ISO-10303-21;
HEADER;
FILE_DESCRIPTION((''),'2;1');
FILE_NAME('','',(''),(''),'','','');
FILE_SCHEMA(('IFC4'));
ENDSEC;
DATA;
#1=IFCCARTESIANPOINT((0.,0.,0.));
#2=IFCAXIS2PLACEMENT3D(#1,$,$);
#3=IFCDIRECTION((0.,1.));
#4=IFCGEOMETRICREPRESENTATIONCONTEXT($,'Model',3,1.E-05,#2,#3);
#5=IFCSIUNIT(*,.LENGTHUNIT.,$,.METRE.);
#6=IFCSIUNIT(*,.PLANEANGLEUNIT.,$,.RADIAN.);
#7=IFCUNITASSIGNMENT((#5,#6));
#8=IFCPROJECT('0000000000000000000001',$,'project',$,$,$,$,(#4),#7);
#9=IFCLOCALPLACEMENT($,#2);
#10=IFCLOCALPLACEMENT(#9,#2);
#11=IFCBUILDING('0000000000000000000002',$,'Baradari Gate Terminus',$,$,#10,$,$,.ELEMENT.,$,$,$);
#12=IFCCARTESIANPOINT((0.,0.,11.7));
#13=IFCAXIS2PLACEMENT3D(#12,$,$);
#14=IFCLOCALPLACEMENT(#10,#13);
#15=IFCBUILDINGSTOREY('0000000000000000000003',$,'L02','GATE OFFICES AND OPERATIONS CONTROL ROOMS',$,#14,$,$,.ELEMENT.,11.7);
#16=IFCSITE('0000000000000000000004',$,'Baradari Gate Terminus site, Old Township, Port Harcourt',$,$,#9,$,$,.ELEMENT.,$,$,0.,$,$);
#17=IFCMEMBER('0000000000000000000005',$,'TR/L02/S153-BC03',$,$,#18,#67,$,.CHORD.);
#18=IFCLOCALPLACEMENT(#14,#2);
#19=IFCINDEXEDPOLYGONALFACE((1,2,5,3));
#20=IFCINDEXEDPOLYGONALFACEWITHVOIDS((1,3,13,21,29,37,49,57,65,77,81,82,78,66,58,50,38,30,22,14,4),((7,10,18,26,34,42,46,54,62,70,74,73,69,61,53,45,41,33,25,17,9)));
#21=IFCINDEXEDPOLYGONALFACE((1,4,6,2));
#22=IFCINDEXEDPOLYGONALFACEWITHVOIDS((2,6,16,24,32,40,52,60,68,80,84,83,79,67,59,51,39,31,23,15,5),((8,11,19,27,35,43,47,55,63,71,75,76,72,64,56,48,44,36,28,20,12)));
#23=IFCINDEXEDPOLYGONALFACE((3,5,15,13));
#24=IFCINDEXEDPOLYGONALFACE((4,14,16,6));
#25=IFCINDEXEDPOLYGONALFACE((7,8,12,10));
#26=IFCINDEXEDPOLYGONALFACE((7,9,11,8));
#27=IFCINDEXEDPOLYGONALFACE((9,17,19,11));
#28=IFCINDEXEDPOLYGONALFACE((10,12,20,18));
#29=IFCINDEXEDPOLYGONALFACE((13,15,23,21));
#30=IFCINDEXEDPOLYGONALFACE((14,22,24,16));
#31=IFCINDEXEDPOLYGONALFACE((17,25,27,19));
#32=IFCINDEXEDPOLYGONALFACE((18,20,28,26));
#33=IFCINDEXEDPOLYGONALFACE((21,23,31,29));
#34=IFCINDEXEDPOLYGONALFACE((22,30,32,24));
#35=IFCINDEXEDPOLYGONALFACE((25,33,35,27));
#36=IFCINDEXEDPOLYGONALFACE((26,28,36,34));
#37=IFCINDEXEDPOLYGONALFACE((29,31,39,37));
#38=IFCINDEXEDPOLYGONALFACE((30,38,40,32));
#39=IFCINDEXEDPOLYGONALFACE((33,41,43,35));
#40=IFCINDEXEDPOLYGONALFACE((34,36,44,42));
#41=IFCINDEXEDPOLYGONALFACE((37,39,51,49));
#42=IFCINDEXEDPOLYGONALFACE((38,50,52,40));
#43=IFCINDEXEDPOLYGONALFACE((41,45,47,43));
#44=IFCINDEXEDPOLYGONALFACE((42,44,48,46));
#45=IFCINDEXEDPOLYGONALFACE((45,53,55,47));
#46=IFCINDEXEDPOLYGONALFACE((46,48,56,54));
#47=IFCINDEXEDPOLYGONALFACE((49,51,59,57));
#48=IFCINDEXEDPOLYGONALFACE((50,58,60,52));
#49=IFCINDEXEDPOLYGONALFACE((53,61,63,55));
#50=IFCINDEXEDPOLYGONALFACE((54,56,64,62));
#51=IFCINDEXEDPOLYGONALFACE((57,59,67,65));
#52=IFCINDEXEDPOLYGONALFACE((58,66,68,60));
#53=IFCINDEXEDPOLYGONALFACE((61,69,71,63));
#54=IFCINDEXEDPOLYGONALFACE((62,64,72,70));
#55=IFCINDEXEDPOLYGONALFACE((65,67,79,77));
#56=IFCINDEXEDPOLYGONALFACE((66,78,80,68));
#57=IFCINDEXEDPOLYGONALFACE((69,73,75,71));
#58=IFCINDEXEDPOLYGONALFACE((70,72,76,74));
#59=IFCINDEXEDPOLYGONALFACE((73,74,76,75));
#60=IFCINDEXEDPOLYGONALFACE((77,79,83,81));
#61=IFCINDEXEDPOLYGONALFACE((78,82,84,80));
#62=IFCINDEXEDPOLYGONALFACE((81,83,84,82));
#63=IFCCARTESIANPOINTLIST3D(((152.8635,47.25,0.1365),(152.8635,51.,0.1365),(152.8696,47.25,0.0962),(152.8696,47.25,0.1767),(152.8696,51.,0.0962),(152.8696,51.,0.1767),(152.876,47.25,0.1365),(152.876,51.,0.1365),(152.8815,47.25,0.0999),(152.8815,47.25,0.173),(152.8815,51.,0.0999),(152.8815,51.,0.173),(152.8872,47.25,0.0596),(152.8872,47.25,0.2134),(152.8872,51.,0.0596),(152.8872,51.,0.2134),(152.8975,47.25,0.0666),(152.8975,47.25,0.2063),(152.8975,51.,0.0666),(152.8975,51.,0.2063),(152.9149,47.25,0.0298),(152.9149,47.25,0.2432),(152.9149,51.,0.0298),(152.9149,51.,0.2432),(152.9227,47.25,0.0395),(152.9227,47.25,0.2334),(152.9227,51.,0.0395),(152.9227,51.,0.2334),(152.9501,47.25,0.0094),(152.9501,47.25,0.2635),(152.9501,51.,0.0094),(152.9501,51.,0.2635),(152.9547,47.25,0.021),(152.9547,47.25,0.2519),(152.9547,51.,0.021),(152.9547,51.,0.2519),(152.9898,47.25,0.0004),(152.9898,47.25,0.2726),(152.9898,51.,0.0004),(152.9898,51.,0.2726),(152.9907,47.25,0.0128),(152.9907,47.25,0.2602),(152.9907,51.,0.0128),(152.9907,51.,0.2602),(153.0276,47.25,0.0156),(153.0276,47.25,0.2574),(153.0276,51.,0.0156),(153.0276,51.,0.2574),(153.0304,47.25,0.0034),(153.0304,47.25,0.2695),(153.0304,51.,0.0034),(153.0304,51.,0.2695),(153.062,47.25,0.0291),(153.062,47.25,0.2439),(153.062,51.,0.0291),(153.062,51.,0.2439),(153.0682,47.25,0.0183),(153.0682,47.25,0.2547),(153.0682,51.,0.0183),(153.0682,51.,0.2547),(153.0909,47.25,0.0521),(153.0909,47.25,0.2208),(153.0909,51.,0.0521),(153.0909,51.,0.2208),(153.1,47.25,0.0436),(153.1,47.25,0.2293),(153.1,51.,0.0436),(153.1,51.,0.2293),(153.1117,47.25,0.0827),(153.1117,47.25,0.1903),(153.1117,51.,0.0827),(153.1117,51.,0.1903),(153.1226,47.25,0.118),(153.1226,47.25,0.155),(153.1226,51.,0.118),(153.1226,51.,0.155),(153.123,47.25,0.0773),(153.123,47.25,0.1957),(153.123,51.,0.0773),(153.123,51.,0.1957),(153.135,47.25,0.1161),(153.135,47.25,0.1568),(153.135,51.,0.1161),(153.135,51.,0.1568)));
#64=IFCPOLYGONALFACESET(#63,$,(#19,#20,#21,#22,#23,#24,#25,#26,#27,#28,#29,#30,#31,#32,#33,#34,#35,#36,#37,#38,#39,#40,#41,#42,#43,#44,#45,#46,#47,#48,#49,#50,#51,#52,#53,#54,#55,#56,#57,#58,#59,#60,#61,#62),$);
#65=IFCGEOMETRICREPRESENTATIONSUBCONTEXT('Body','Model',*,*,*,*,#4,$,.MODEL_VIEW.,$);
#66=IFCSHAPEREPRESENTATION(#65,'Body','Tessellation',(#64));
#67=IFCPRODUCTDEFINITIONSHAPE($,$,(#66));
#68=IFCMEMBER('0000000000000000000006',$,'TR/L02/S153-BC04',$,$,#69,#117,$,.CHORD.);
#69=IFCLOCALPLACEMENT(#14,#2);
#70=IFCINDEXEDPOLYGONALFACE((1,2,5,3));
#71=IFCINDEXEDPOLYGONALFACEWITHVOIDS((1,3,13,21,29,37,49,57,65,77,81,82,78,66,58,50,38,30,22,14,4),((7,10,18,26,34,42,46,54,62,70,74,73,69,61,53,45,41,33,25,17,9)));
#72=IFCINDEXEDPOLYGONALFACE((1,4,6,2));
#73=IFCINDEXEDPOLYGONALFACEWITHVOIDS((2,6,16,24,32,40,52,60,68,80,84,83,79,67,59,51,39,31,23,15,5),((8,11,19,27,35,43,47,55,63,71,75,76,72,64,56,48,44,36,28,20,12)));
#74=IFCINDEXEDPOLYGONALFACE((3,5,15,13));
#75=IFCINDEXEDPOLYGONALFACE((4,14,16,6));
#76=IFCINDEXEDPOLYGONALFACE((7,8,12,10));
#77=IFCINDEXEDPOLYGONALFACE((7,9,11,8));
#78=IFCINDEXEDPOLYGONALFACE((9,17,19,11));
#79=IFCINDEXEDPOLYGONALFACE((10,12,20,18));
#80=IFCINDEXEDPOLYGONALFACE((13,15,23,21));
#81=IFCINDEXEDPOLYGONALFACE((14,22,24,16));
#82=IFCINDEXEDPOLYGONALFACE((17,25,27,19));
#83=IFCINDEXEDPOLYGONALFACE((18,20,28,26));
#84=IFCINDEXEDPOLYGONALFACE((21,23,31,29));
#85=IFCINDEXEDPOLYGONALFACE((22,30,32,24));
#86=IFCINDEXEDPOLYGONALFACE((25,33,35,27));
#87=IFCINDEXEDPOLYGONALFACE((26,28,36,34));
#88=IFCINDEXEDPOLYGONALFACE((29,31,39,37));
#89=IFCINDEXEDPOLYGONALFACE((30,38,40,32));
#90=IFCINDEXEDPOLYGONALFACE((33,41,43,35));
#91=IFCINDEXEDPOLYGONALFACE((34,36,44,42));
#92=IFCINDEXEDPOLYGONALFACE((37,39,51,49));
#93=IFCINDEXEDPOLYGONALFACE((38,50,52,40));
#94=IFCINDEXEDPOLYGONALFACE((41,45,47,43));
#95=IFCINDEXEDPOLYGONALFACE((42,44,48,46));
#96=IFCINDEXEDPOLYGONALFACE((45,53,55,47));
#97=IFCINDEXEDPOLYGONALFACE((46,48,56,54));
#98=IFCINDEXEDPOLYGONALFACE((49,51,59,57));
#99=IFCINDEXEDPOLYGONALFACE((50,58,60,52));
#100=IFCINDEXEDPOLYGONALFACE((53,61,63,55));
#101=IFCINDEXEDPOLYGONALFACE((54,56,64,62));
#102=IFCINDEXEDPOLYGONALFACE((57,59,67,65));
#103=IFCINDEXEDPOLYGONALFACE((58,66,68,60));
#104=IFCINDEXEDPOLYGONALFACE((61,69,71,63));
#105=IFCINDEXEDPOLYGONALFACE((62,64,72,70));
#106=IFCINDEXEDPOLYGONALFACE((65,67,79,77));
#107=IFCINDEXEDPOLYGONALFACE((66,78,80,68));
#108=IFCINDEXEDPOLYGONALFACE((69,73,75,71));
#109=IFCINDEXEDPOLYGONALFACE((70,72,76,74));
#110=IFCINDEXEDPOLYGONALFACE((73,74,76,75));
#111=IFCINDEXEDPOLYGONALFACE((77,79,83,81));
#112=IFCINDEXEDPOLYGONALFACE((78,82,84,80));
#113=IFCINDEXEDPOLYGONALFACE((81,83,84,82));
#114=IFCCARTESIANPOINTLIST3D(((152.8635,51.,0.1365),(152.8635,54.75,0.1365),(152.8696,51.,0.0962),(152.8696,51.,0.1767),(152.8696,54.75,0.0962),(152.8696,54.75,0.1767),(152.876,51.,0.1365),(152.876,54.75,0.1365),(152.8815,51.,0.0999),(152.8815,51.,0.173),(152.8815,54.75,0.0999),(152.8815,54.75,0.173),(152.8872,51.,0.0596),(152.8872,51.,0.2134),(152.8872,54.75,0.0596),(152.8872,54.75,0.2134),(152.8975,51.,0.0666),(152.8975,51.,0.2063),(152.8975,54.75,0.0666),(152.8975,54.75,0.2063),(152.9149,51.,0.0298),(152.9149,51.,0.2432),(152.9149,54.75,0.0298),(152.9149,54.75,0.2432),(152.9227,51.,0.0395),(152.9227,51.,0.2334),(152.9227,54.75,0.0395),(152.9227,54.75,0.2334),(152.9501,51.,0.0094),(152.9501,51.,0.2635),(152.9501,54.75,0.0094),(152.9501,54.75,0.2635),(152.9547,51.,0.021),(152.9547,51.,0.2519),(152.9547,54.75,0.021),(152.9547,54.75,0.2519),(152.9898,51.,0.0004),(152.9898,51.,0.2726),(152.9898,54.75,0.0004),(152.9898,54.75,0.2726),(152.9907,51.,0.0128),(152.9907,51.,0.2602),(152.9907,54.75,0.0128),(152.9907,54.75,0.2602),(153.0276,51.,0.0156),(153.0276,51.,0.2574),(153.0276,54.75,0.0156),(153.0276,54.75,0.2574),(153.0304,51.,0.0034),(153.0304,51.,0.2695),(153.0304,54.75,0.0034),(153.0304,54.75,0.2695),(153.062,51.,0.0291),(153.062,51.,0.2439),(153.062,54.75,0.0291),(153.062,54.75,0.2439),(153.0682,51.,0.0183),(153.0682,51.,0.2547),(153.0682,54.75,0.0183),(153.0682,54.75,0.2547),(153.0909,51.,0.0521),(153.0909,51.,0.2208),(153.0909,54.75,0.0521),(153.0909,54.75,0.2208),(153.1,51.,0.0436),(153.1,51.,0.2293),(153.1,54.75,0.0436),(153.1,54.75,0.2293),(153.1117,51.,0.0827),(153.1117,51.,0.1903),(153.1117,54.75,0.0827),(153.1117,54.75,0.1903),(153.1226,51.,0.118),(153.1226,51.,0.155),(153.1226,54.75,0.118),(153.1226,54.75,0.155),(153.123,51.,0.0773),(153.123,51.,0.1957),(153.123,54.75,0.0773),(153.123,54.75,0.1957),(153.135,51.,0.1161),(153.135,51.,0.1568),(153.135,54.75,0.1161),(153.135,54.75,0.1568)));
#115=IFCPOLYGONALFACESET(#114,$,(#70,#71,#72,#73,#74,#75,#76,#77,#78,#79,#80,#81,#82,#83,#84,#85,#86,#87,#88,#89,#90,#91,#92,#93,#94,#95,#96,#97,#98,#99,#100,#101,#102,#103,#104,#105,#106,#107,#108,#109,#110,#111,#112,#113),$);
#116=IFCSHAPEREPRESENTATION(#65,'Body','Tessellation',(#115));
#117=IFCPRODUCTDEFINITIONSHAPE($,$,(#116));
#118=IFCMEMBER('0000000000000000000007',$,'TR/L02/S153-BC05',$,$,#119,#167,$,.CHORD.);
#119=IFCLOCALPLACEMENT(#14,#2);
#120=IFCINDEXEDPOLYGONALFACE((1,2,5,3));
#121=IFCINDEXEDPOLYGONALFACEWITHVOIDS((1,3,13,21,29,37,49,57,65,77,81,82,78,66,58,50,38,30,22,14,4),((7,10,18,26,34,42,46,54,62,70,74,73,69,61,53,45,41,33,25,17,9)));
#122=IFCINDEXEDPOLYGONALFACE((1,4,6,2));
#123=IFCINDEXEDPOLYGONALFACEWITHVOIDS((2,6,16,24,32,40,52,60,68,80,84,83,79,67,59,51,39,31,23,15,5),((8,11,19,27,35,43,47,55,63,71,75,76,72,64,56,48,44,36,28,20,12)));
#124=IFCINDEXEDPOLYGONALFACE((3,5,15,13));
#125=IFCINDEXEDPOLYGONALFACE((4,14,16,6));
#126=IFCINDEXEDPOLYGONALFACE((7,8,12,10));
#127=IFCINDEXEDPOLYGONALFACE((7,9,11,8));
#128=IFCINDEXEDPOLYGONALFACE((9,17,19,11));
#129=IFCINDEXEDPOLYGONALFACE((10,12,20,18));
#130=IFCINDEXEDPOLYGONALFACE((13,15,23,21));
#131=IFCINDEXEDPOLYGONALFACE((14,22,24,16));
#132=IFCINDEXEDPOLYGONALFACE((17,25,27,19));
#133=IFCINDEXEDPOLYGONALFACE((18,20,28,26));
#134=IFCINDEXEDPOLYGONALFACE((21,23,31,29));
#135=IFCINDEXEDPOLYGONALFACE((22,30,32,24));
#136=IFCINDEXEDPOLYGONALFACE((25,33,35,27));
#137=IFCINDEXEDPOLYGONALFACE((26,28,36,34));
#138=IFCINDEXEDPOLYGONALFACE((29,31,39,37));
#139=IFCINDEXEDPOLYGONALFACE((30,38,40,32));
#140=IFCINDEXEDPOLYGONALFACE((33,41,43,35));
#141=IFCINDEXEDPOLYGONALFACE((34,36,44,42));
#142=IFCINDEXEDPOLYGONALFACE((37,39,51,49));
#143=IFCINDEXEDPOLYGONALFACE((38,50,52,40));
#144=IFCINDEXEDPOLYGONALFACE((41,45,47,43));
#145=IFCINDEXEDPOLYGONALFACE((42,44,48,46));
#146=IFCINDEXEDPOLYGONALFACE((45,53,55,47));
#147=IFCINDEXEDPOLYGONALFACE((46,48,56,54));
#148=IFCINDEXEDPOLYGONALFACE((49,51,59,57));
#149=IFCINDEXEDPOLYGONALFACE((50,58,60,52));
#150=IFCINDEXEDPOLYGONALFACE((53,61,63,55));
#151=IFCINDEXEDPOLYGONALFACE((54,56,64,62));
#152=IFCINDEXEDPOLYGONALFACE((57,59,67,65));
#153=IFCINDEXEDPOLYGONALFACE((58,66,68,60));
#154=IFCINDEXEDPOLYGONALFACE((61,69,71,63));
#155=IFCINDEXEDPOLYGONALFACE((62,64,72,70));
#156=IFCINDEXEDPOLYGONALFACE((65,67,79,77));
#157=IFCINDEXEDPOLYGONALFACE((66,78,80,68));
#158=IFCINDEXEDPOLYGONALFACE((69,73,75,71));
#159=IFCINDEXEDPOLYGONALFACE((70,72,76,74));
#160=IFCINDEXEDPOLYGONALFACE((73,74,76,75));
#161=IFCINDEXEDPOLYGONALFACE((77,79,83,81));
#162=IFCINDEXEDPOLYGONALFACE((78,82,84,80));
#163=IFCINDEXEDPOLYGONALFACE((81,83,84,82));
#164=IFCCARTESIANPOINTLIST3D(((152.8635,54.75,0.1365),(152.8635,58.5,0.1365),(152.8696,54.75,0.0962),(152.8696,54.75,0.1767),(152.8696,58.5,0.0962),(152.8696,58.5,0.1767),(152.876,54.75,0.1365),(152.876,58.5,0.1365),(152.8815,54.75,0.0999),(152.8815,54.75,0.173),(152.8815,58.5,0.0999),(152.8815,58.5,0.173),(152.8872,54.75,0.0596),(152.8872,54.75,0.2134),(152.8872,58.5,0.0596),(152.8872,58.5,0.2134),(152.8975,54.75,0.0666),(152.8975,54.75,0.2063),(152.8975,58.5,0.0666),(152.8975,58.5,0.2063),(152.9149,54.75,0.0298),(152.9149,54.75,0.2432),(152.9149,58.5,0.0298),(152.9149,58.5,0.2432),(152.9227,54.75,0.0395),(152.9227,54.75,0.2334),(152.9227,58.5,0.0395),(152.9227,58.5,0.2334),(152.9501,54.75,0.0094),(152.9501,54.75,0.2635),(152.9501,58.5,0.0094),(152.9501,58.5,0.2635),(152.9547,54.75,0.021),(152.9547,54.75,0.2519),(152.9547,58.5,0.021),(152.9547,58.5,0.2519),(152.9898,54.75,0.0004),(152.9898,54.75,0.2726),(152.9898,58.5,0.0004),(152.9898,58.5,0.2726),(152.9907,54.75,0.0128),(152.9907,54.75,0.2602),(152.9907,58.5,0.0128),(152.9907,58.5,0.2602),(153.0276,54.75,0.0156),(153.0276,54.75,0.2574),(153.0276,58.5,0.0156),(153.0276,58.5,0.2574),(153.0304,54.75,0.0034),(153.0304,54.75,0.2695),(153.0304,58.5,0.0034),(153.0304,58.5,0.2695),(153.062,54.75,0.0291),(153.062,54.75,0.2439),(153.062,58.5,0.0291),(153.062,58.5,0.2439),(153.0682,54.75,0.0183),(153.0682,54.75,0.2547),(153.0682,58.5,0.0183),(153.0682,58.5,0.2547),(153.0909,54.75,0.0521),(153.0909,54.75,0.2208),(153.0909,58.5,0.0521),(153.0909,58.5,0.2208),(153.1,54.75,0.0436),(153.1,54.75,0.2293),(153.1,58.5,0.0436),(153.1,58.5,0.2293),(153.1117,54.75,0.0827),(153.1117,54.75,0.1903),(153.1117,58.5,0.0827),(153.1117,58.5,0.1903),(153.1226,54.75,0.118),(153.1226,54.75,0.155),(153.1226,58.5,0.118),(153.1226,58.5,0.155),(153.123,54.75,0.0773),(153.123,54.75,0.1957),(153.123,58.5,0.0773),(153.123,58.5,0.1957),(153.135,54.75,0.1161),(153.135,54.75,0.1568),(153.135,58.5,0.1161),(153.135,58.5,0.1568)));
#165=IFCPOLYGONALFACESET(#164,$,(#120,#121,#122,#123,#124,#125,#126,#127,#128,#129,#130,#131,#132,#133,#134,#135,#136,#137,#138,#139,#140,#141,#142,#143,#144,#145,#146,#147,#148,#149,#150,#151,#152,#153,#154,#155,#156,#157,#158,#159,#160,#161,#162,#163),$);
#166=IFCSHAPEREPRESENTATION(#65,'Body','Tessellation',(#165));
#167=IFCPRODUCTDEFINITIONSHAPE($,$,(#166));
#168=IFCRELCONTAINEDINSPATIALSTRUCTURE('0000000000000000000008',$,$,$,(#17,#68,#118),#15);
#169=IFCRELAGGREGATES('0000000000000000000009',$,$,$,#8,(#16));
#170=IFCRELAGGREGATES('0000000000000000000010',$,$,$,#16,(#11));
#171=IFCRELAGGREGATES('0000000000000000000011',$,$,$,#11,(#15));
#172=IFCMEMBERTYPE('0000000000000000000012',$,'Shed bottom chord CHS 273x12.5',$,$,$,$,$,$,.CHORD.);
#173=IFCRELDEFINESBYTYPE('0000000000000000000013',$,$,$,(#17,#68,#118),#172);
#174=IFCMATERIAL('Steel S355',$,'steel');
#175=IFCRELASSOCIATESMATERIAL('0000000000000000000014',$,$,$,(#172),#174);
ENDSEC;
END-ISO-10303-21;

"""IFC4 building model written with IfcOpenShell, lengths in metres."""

from ifc_helpers import new_model, si_unit, direction, frame, origin, origin_2d, place, context, subcontext, project, spatial, hollow_circle, extrude, material, material_profile, profile_set, type_object, element, save


model = new_model("IFC4")

# Units and contexts
model_context = context("Model", 3, precision=1e-05, world=origin(), true_north=direction((0.0, 1.0)))
body_context = subcontext(model_context, "Body", "Model", "MODEL_VIEW")
ifc_project = project(units=[si_unit("LENGTHUNIT", "METRE"), si_unit("PLANEANGLEUNIT", "RADIAN")], contexts=[model_context])

# Site, building, storey
site_placement = place(None, origin())
site = spatial("IfcSite", under=ifc_project, at=site_placement, Name="Baradari Gate Terminus site, Old Township, Port Harcourt", CompositionType="ELEMENT", RefElevation=0.0)
building_placement = place(site_placement, origin())
building = spatial("IfcBuilding", under=site, at=building_placement, Name="Baradari Gate Terminus", CompositionType="ELEMENT")
storey_placement = place(building_placement, frame((0.0, 0.0, 11.7)))
storey = spatial("IfcBuildingStorey", under=building, at=storey_placement, Name="L02", Description="GATE OFFICES AND OPERATIONS CONTROL ROOMS", CompositionType="ELEMENT", Elevation=11.7)

# Members
ifc_material_1 = material(Name="Steel S355", Category="steel")
ifc_material_profile_1 = material_profile(ifc_material_1, hollow_circle(Radius=0.1365, WallThickness=0.0125, at=origin_2d()), Name="CHS 273x12.5")
ifc_profile_set_1 = profile_set([ifc_material_profile_1], Name="Steel S355")
member_type_1 = type_object("IfcMemberType", Name="Shed bottom chord CHS 273x12.5", PredefinedType="CHORD", material=ifc_profile_set_1)
for number, where, z_axis, x_axis, name in (
    (1, (153.0, 47.25, 0.1365), (0.0, 1.0, 0.0), (-1.0, 0.0, 0.0), "TR/L02/S153-BC03"),
    (2, (153.0, 51.0, 0.1365), (0.0, 1.0, 0.0), (-1.0, 0.0, 0.0), "TR/L02/S153-BC04"),
    (3, (153.0, 54.75, 0.1365), (0.0, 1.0, 0.0), (-1.0, 0.0, 0.0), "TR/L02/S153-BC05"),
):
    element("IfcMember", number, at=place(storey_placement, frame(where, z_axis=z_axis, x_axis=x_axis)), inside=storey, type_object=member_type_1, Name=name, PredefinedType="CHORD", context=body_context, shape_type="SweptSolid", body=[
        extrude(hollow_circle(Radius=0.1365, WallThickness=0.0125, at=origin_2d()), origin(), (0.0, 0.0, 1.0), 3.75),
    ])

save(model, "model.ifc")
